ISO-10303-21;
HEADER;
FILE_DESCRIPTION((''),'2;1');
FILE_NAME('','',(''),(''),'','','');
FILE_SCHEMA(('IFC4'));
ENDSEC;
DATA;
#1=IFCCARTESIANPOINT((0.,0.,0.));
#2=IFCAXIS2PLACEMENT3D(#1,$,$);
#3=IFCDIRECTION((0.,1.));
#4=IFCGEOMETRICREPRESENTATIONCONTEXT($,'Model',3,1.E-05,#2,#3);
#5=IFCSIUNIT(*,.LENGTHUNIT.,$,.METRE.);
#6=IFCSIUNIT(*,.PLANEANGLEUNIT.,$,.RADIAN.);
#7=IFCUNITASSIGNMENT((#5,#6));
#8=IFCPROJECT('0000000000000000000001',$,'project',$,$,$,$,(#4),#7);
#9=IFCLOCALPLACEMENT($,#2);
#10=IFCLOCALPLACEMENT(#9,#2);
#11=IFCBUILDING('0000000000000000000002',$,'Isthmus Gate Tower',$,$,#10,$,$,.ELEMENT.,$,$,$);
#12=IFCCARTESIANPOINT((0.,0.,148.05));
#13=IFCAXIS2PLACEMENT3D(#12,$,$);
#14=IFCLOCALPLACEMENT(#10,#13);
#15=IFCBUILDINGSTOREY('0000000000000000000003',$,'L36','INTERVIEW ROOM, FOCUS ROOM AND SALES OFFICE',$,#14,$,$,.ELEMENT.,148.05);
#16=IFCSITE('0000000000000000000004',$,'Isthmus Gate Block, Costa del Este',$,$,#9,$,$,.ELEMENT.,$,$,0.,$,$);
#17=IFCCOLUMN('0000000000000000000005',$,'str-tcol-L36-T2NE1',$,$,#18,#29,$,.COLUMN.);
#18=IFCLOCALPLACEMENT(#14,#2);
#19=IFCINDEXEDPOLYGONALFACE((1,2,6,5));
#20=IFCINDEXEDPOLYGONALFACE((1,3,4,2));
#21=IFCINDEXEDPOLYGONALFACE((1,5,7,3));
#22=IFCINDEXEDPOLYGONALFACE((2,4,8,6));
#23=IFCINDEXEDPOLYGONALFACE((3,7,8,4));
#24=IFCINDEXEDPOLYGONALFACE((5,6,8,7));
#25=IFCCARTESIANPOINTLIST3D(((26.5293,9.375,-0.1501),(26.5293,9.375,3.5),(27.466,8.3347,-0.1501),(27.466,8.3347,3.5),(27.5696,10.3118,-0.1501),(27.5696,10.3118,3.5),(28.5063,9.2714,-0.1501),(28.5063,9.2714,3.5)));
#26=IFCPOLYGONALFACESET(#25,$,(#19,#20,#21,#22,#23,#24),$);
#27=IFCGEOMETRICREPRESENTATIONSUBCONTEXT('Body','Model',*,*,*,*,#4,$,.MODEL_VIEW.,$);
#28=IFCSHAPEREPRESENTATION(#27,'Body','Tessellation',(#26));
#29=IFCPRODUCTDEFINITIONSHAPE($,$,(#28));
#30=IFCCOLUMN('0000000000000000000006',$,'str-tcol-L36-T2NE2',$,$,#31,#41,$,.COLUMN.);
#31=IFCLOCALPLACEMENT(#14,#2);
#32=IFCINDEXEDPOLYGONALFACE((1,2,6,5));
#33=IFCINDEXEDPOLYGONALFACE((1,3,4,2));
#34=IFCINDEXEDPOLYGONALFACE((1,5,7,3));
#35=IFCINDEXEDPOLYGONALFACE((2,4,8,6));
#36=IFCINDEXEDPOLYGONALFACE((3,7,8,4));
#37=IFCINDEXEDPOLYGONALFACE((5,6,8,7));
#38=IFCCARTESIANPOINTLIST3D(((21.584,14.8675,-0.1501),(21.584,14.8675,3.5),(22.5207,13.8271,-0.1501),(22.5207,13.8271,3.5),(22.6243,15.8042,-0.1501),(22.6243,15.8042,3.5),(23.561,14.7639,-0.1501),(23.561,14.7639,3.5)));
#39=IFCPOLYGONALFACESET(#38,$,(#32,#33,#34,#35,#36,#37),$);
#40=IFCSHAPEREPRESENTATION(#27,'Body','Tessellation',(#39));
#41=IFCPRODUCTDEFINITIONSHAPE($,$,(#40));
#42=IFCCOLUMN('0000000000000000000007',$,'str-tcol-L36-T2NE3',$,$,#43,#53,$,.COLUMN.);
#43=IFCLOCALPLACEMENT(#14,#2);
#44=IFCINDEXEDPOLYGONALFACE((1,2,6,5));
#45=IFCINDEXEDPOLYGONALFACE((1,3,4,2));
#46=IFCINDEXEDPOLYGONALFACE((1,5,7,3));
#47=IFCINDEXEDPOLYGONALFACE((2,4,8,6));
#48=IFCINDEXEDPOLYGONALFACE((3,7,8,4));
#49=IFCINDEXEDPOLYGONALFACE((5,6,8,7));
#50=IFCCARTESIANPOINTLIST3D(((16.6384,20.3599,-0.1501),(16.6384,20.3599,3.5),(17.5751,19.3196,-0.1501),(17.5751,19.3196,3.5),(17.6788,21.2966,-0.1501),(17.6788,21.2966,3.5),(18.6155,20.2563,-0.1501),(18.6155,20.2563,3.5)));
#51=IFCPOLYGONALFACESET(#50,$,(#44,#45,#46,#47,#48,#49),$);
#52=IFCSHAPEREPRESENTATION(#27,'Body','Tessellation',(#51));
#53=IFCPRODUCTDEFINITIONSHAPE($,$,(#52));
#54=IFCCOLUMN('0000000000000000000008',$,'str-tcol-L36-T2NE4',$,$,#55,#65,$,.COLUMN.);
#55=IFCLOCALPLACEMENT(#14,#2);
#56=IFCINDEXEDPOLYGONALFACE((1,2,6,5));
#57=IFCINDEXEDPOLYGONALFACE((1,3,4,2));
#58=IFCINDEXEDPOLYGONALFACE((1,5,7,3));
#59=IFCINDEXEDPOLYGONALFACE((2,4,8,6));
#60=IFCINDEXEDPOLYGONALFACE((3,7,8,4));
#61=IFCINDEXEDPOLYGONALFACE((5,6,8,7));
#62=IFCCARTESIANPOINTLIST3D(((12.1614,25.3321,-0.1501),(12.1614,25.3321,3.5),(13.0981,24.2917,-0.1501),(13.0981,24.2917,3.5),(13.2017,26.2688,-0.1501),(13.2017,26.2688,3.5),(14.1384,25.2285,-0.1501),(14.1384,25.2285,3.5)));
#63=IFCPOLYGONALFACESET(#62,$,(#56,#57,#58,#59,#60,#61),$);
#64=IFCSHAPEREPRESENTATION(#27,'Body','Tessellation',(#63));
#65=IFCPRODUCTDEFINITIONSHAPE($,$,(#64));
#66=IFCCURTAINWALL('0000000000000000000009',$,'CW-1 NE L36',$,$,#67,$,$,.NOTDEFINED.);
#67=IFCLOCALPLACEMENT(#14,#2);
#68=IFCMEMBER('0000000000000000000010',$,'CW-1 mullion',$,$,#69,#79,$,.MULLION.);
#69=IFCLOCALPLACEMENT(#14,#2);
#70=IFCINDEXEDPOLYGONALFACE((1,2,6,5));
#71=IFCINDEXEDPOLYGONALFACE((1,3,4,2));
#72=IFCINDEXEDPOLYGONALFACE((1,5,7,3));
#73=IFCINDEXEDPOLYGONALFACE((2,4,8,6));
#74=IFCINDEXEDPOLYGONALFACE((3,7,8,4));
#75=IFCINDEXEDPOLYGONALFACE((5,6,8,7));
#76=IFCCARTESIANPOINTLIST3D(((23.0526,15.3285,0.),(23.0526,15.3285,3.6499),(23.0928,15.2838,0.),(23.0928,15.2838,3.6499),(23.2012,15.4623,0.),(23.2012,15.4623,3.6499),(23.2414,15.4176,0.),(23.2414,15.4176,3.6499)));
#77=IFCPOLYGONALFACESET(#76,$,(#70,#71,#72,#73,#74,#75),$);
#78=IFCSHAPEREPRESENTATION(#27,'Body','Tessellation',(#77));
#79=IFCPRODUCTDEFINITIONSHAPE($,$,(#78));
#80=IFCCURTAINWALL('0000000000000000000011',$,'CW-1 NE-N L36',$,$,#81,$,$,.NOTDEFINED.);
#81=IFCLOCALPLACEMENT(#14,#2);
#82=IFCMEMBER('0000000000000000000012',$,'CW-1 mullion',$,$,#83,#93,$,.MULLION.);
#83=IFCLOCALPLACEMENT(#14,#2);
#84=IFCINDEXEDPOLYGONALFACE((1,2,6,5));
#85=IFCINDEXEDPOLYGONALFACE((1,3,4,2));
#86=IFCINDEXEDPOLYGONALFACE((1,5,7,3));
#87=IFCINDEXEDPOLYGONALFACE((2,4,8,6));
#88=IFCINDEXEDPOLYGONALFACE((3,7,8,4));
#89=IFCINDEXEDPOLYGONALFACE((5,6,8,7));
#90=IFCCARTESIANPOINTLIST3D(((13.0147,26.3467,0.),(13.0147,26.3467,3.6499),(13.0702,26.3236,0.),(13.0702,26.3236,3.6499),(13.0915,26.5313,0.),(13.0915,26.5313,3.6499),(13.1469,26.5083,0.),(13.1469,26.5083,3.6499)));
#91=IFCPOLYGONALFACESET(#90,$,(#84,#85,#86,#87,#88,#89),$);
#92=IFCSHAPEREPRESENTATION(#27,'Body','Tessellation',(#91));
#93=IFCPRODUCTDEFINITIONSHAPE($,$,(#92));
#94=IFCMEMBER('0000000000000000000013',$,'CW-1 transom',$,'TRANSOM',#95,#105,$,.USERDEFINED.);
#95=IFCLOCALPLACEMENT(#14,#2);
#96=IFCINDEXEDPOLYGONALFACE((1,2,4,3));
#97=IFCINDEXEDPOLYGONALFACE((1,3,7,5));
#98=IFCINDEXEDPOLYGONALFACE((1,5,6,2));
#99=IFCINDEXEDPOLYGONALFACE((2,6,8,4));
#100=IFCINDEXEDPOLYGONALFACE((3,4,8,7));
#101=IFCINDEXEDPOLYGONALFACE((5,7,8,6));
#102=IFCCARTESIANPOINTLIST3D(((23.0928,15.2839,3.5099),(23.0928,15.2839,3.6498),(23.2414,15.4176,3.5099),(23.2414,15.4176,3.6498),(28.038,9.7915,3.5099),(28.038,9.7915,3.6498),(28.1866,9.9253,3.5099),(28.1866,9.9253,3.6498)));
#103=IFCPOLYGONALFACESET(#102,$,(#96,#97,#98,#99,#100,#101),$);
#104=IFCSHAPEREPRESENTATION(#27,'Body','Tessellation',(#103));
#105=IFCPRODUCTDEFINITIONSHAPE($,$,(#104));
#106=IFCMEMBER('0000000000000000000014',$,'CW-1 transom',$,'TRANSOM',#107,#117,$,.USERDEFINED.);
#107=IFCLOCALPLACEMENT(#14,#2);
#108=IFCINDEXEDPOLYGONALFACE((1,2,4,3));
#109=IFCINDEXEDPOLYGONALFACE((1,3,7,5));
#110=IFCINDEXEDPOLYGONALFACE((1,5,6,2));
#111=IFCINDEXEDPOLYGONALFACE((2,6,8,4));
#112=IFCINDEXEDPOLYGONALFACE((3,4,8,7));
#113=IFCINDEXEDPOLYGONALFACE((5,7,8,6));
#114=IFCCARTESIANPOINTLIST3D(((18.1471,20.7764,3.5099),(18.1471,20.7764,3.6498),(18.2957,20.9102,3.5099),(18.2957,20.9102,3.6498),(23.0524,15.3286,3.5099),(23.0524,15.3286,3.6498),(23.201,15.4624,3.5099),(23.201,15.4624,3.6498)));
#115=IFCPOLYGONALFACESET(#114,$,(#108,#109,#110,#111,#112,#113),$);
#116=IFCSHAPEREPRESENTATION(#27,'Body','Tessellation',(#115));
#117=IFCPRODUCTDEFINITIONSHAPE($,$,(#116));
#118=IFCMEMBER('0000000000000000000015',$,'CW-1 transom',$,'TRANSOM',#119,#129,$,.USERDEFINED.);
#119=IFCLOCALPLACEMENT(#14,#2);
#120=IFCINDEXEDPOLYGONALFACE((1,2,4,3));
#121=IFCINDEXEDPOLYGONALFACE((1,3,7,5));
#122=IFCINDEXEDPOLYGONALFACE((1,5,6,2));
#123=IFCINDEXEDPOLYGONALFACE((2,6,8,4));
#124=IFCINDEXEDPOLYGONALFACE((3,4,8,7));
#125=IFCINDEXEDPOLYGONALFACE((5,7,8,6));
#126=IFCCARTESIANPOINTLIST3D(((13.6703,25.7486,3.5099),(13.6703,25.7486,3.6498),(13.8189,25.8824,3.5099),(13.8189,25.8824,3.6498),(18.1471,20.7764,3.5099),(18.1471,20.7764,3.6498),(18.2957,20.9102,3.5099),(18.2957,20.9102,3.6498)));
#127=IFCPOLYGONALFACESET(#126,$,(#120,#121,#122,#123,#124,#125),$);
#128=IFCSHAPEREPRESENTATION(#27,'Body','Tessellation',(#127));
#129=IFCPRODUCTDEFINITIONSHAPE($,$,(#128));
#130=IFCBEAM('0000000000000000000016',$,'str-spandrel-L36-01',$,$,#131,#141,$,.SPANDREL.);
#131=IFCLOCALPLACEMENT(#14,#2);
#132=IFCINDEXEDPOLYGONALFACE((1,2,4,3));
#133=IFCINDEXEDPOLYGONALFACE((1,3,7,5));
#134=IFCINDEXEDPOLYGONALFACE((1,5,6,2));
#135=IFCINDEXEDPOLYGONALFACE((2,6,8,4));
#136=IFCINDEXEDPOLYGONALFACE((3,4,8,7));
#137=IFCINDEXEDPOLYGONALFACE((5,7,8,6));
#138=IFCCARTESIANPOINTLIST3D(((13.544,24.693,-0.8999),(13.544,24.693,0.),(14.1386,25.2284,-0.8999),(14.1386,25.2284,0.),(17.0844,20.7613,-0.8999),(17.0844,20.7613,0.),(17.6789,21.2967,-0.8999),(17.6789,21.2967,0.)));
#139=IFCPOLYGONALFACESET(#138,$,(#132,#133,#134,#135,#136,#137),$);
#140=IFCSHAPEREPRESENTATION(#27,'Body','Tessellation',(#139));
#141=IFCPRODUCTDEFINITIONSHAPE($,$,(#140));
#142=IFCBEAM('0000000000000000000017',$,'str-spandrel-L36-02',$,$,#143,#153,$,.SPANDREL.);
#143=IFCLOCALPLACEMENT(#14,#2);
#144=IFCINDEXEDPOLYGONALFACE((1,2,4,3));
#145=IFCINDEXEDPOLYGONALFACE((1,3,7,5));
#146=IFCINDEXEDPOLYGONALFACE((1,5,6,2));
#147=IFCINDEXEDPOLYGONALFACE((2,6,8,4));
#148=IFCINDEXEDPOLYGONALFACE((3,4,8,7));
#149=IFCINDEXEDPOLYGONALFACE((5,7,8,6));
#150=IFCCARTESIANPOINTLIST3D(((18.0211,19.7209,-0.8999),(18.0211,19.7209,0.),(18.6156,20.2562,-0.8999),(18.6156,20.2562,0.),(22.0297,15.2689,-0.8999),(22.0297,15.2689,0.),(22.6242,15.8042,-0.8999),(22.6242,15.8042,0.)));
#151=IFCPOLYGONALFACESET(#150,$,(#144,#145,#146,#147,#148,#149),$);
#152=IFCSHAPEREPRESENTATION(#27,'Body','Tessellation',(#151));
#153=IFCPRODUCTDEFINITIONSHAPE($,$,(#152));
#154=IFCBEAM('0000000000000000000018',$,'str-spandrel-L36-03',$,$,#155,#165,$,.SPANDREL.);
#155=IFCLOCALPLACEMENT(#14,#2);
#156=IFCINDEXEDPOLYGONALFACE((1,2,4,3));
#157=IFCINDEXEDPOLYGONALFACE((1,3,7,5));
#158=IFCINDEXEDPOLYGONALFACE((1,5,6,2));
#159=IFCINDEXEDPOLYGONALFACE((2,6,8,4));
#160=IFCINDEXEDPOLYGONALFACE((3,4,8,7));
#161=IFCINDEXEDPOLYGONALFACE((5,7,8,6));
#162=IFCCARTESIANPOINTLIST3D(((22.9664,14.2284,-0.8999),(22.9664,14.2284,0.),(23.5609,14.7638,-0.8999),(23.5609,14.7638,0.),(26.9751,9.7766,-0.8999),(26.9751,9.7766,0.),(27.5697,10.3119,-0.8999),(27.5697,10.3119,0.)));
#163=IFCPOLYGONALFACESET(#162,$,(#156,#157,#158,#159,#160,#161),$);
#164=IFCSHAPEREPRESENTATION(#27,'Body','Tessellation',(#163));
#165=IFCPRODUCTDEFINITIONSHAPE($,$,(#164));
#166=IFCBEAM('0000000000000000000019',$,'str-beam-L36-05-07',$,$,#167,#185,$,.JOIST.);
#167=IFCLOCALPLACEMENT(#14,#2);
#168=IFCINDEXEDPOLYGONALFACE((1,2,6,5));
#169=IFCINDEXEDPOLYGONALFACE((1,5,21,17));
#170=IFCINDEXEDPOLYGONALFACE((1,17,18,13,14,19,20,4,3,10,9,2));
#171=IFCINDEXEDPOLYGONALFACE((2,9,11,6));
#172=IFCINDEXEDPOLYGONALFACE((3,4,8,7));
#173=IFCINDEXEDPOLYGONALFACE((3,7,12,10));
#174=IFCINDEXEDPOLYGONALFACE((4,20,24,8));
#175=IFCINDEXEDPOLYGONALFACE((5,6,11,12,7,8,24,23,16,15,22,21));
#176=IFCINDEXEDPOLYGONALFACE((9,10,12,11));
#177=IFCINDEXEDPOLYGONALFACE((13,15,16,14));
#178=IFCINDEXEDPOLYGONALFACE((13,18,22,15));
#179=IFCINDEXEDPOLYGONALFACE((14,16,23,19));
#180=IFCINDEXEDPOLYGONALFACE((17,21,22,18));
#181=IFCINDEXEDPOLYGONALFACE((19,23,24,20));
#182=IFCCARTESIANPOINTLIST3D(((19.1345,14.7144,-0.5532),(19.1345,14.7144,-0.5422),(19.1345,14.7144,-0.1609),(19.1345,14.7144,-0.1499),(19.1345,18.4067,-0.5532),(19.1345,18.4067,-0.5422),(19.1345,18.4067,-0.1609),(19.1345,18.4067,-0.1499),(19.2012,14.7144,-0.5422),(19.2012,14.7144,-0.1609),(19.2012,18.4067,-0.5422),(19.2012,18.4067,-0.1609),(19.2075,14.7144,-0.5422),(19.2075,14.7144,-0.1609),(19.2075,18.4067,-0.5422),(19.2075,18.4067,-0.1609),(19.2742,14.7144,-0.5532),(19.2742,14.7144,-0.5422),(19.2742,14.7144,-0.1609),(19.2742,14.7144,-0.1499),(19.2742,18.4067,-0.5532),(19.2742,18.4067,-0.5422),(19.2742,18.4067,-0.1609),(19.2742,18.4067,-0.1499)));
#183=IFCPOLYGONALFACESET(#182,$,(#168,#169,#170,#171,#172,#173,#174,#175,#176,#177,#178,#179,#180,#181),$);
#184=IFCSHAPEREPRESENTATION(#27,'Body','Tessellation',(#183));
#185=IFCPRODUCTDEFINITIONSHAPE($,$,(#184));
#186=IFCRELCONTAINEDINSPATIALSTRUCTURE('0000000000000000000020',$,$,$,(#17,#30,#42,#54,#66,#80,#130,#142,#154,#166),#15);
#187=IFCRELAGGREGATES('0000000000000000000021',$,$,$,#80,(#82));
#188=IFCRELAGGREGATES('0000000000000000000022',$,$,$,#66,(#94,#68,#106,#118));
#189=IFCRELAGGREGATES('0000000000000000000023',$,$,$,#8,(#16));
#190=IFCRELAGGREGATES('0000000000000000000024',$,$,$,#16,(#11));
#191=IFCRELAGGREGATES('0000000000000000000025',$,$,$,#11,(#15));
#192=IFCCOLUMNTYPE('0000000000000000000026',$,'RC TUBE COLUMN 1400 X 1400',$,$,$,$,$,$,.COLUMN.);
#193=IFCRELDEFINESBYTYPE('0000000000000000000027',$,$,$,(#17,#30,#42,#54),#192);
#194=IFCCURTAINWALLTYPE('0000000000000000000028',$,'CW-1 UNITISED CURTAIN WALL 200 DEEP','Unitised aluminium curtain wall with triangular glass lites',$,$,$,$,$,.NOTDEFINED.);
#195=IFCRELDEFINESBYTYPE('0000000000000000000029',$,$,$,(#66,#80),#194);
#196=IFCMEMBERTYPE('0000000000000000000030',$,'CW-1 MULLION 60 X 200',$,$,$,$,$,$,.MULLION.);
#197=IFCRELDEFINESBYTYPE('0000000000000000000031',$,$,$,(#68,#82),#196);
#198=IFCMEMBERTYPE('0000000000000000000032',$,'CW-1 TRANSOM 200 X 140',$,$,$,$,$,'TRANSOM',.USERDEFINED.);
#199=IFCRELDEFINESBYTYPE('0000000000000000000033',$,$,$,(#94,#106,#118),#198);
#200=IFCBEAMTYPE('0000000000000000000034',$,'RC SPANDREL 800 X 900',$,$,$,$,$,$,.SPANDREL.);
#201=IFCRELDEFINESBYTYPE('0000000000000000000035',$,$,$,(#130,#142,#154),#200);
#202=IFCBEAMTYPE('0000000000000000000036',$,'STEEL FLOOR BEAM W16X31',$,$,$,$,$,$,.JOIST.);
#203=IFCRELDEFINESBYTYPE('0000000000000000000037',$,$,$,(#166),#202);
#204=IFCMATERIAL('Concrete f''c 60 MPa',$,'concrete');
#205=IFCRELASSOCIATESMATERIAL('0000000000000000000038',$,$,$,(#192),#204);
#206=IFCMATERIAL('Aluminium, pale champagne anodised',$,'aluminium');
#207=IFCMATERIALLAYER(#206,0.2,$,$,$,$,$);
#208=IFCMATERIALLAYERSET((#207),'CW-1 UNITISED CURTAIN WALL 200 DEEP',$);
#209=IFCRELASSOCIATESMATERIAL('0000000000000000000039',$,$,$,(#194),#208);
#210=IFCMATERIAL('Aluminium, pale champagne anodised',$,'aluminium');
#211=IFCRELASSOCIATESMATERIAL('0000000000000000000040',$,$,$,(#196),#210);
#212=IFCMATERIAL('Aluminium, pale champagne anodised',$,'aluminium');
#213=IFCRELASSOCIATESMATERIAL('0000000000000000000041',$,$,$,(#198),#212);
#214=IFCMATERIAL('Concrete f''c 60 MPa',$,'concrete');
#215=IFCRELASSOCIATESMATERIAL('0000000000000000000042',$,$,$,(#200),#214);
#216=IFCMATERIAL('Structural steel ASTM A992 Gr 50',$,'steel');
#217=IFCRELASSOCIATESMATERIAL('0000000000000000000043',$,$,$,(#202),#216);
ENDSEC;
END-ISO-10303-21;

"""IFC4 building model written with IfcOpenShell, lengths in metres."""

from ifc_helpers import new_model, si_unit, direction, frame, origin, origin_2d, place, context, subcontext, project, spatial, rectangle, i_section, extrude, material, layer, layer_set, material_profile, profile_set, type_object, element, aggregate, save


model = new_model("IFC4")

# Units and contexts
model_context = context("Model", 3, precision=1e-05, world=origin(), true_north=direction((0.0, 1.0)))
body_context = subcontext(model_context, "Body", "Model", "MODEL_VIEW")
ifc_project = project(units=[si_unit("LENGTHUNIT", "METRE"), si_unit("PLANEANGLEUNIT", "RADIAN")], contexts=[model_context])

# Site, building, storey
site_placement = place(None, origin())
site = spatial("IfcSite", under=ifc_project, at=site_placement, Name="Isthmus Gate Block, Costa del Este", CompositionType="ELEMENT", RefElevation=0.0)
building_placement = place(site_placement, origin())
building = spatial("IfcBuilding", under=site, at=building_placement, Name="Isthmus Gate Tower", CompositionType="ELEMENT")
storey_placement = place(building_placement, frame((0.0, 0.0, 148.05)))
storey = spatial("IfcBuildingStorey", under=building, at=storey_placement, Name="L36", Description="INTERVIEW ROOM, FOCUS ROOM AND SALES OFFICE", CompositionType="ELEMENT", Elevation=148.05)

# Columns
ifc_material_1 = material(Name="Concrete f'c 60 MPa", Category="concrete")
ifc_material_profile_1 = material_profile(ifc_material_1, rectangle(XDim=1.3999, YDim=1.3999, at=origin_2d()), Name="RC 1400X1400")
ifc_profile_set_1 = profile_set([ifc_material_profile_1], Name="Concrete f'c 60 MPa")
column_type = type_object("IfcColumnType", Name="RC TUBE COLUMN 1400 X 1400", PredefinedType="COLUMN", material=ifc_profile_set_1)
for number, where, z_axis, x_axis, name in (
    (1, (27.5178, 9.3232, -0.1501), (0.0, 0.0, 1.0), (-0.669131, 0.743145, 0.0), "str-tcol-L36-T2NE1"),
    (2, (22.5725, 14.8157, -0.1501), (0.0, 0.0, 1.0), (-0.669131, 0.743145, 0.0), "str-tcol-L36-T2NE2"),
    (3, (17.627, 20.3081, -0.1501), (0.0, 0.0, 1.0), (-0.669131, 0.743145, 0.0), "str-tcol-L36-T2NE3"),
    (4, (13.1499, 25.2803, -0.1501), (0.0, 0.0, 1.0), (-0.669131, 0.743145, 0.0), "str-tcol-L36-T2NE4"),
):
    element("IfcColumn", number, at=place(storey_placement, frame(where, z_axis=z_axis, x_axis=x_axis)), inside=storey, type_object=column_type, Name=name, PredefinedType="COLUMN", context=body_context, shape_type="SweptSolid", body=[
        extrude(rectangle(XDim=1.3999, YDim=1.3999, at=origin_2d()), origin(), (0.0, 0.0, 1.0), 3.6501),
    ])

# Curtain walls, members
ifc_material_2 = material(Name="Aluminium, pale champagne anodised", Category="aluminium")
ifc_layer_1 = layer(ifc_material_2, 0.2)
ifc_layer_set_1 = layer_set([ifc_layer_1], Name="CW-1 UNITISED CURTAIN WALL 200 DEEP")
curtain_wall_type = type_object("IfcCurtainWallType", Name="CW-1 UNITISED CURTAIN WALL 200 DEEP", Description="Unitised aluminium curtain wall with triangular glass lites", PredefinedType="NOTDEFINED", material=ifc_layer_set_1)
curtain_wall_1_placement = place(storey_placement, origin())
curtain_wall_1 = element("IfcCurtainWall", 5, at=curtain_wall_1_placement, inside=storey, type_object=curtain_wall_type, Name="CW-1 NE L36", PredefinedType="NOTDEFINED")
ifc_material_3 = material(Name="Aluminium, pale champagne anodised", Category="aluminium")
ifc_material_profile_2 = material_profile(ifc_material_3, rectangle(XDim=0.0601, YDim=0.2, at=origin_2d()), Name="60x200")
ifc_profile_set_2 = profile_set([ifc_material_profile_2], Name="Aluminium, pale champagne anodised")
member_type_1 = type_object("IfcMemberType", Name="CW-1 MULLION 60 X 200", PredefinedType="MULLION", material=ifc_profile_set_2)
member_1_placement = place(storey_placement, frame((23.147, 15.373, 0.0), z_axis=(0.0, 0.0, 1.0), x_axis=(-0.669131, 0.743145, 0.0)))
member_1 = element("IfcMember", 6, at=member_1_placement, type_object=member_type_1, Name="CW-1 mullion", PredefinedType="MULLION", context=body_context, shape_type="SweptSolid", body=[
    extrude(rectangle(XDim=0.0601, YDim=0.2, at=origin_2d()), origin(), (0.0, 0.0, 1.0), 3.6499),
])
curtain_wall_2_placement = place(storey_placement, origin())
curtain_wall_2 = element("IfcCurtainWall", 7, at=curtain_wall_2_placement, inside=storey, type_object=curtain_wall_type, Name="CW-1 NE-N L36", PredefinedType="NOTDEFINED")
member_2_placement = place(storey_placement, frame((13.0808, 26.4275, 0.0), z_axis=(0.0, 0.0, 1.0), x_axis=(-0.923353, 0.383952, 0.0)))
member_2 = element("IfcMember", 8, at=member_2_placement, type_object=member_type_1, Name="CW-1 mullion", PredefinedType="MULLION", context=body_context, shape_type="SweptSolid", body=[
    extrude(rectangle(XDim=0.0601, YDim=0.2, at=origin_2d()), origin(), (0.0, 0.0, 1.0), 3.6499),
])
aggregate(curtain_wall_2, [member_2])

# Members
ifc_material_4 = material(Name="Aluminium, pale champagne anodised", Category="aluminium")
ifc_material_profile_3 = material_profile(ifc_material_4, rectangle(XDim=0.2, YDim=0.1399, at=origin_2d()), Name="200x140")
ifc_profile_set_3 = profile_set([ifc_material_profile_3], Name="Aluminium, pale champagne anodised")
member_type_2 = type_object("IfcMemberType", Name="CW-1 TRANSOM 200 X 140", ElementType="TRANSOM", PredefinedType="USERDEFINED", material=ifc_profile_set_3)
member_3_placement = place(storey_placement, frame((28.1123, 9.8584, 3.5798), z_axis=(-0.669123, 0.743151, 0.0), x_axis=(-0.743151, -0.669123, 0.0)))
member_3 = element("IfcMember", 9, at=member_3_placement, type_object=member_type_2, Name="CW-1 transom", ObjectType="TRANSOM", PredefinedType="USERDEFINED", context=body_context, shape_type="SweptSolid", body=[
    extrude(rectangle(XDim=0.2, YDim=0.1399, at=origin_2d()), origin(), (0.0, 0.0, 1.0), 7.3906),
])
member_4_placement = place(storey_placement, frame((23.1267, 15.3955, 3.5798), z_axis=(-0.669138, 0.743138, 0.0), x_axis=(-0.743138, -0.669138, 0.0)))
member_4 = element("IfcMember", 10, at=member_4_placement, type_object=member_type_2, Name="CW-1 transom", ObjectType="TRANSOM", PredefinedType="USERDEFINED", context=body_context, shape_type="SweptSolid", body=[
    extrude(rectangle(XDim=0.2, YDim=0.1399, at=origin_2d()), origin(), (0.0, 0.0, 1.0), 7.3308),
])
member_5_placement = place(storey_placement, frame((18.2214, 20.8433, 3.5798), z_axis=(-0.669118, 0.743156, 0.0), x_axis=(-0.743156, -0.669118, 0.0)))
member_5 = element("IfcMember", 11, at=member_5_placement, type_object=member_type_2, Name="CW-1 transom", ObjectType="TRANSOM", PredefinedType="USERDEFINED", context=body_context, shape_type="SweptSolid", body=[
    extrude(rectangle(XDim=0.2, YDim=0.1399, at=origin_2d()), origin(), (0.0, 0.0, 1.0), 6.6907),
])

# Beams
ifc_material_5 = material(Name="Concrete f'c 60 MPa", Category="concrete")
ifc_material_profile_4 = material_profile(ifc_material_5, rectangle(XDim=0.8, YDim=0.8999, at=origin_2d()), Name="RC 800X900")
ifc_profile_set_4 = profile_set([ifc_material_profile_4], Name="Concrete f'c 60 MPa")
beam_type_1 = type_object("IfcBeamType", Name="RC SPANDREL 800 X 900", PredefinedType="SPANDREL", material=ifc_profile_set_4)
beam_1_placement = place(storey_placement, frame((13.8413, 24.9607, -0.45), z_axis=(0.669153, -0.743124, 0.0), x_axis=(0.743124, 0.669153, 0.0)))
element("IfcBeam", 12, at=beam_1_placement, inside=storey, type_object=beam_type_1, Name="str-spandrel-L36-01", PredefinedType="SPANDREL", context=body_context, shape_type="SweptSolid", body=[
    extrude(rectangle(XDim=0.8, YDim=0.8999, at=origin_2d()), origin(), (0.0, 0.0, 1.0), 5.2908),
])
for number, where, z_axis, x_axis, name in (
    (13, (18.3184, 19.9885, -0.45), (0.669134, -0.743142, 0.0), (0.743142, 0.669134, 0.0), "str-spandrel-L36-02"),
    (14, (23.2637, 14.4961, -0.45), (0.669156, -0.743122, 0.0), (0.743122, 0.669156, 0.0), "str-spandrel-L36-03"),
):
    element("IfcBeam", number, at=place(storey_placement, frame(where, z_axis=z_axis, x_axis=x_axis)), inside=storey, type_object=beam_type_1, Name=name, PredefinedType="SPANDREL", context=body_context, shape_type="SweptSolid", body=[
        extrude(rectangle(XDim=0.8, YDim=0.8999, at=origin_2d()), origin(), (0.0, 0.0, 1.0), 5.9907),
    ])
ifc_material_6 = material(Name="Structural steel ASTM A992 Gr 50", Category="steel")
ifc_material_profile_5 = material_profile(ifc_material_6, i_section(OverallWidth=0.1396, OverallDepth=0.4033, WebThickness=0.0063, FlangeThickness=0.011, at=origin_2d()), Name="W16X31")
ifc_profile_set_5 = profile_set([ifc_material_profile_5], Name="Structural steel ASTM A992 Gr 50")
beam_type_2 = type_object("IfcBeamType", Name="STEEL FLOOR BEAM W16X31", PredefinedType="JOIST", material=ifc_profile_set_5)
beam_2_placement = place(storey_placement, frame((19.2043, 14.7144, -0.3516), z_axis=(0.0, 1.0, 0.0), x_axis=(-1.0, 0.0, 0.0)))
element("IfcBeam", 15, at=beam_2_placement, inside=storey, type_object=beam_type_2, Name="str-beam-L36-05-07", PredefinedType="JOIST", context=body_context, shape_type="SweptSolid", body=[
    extrude(i_section(OverallWidth=0.1396, OverallDepth=0.4033, WebThickness=0.0063, FlangeThickness=0.011, at=origin_2d()), origin(), (0.0, 0.0, 1.0), 3.6924),
])

aggregate(curtain_wall_1, [member_3, member_1, member_4, member_5])

save(model, "model.ifc")
